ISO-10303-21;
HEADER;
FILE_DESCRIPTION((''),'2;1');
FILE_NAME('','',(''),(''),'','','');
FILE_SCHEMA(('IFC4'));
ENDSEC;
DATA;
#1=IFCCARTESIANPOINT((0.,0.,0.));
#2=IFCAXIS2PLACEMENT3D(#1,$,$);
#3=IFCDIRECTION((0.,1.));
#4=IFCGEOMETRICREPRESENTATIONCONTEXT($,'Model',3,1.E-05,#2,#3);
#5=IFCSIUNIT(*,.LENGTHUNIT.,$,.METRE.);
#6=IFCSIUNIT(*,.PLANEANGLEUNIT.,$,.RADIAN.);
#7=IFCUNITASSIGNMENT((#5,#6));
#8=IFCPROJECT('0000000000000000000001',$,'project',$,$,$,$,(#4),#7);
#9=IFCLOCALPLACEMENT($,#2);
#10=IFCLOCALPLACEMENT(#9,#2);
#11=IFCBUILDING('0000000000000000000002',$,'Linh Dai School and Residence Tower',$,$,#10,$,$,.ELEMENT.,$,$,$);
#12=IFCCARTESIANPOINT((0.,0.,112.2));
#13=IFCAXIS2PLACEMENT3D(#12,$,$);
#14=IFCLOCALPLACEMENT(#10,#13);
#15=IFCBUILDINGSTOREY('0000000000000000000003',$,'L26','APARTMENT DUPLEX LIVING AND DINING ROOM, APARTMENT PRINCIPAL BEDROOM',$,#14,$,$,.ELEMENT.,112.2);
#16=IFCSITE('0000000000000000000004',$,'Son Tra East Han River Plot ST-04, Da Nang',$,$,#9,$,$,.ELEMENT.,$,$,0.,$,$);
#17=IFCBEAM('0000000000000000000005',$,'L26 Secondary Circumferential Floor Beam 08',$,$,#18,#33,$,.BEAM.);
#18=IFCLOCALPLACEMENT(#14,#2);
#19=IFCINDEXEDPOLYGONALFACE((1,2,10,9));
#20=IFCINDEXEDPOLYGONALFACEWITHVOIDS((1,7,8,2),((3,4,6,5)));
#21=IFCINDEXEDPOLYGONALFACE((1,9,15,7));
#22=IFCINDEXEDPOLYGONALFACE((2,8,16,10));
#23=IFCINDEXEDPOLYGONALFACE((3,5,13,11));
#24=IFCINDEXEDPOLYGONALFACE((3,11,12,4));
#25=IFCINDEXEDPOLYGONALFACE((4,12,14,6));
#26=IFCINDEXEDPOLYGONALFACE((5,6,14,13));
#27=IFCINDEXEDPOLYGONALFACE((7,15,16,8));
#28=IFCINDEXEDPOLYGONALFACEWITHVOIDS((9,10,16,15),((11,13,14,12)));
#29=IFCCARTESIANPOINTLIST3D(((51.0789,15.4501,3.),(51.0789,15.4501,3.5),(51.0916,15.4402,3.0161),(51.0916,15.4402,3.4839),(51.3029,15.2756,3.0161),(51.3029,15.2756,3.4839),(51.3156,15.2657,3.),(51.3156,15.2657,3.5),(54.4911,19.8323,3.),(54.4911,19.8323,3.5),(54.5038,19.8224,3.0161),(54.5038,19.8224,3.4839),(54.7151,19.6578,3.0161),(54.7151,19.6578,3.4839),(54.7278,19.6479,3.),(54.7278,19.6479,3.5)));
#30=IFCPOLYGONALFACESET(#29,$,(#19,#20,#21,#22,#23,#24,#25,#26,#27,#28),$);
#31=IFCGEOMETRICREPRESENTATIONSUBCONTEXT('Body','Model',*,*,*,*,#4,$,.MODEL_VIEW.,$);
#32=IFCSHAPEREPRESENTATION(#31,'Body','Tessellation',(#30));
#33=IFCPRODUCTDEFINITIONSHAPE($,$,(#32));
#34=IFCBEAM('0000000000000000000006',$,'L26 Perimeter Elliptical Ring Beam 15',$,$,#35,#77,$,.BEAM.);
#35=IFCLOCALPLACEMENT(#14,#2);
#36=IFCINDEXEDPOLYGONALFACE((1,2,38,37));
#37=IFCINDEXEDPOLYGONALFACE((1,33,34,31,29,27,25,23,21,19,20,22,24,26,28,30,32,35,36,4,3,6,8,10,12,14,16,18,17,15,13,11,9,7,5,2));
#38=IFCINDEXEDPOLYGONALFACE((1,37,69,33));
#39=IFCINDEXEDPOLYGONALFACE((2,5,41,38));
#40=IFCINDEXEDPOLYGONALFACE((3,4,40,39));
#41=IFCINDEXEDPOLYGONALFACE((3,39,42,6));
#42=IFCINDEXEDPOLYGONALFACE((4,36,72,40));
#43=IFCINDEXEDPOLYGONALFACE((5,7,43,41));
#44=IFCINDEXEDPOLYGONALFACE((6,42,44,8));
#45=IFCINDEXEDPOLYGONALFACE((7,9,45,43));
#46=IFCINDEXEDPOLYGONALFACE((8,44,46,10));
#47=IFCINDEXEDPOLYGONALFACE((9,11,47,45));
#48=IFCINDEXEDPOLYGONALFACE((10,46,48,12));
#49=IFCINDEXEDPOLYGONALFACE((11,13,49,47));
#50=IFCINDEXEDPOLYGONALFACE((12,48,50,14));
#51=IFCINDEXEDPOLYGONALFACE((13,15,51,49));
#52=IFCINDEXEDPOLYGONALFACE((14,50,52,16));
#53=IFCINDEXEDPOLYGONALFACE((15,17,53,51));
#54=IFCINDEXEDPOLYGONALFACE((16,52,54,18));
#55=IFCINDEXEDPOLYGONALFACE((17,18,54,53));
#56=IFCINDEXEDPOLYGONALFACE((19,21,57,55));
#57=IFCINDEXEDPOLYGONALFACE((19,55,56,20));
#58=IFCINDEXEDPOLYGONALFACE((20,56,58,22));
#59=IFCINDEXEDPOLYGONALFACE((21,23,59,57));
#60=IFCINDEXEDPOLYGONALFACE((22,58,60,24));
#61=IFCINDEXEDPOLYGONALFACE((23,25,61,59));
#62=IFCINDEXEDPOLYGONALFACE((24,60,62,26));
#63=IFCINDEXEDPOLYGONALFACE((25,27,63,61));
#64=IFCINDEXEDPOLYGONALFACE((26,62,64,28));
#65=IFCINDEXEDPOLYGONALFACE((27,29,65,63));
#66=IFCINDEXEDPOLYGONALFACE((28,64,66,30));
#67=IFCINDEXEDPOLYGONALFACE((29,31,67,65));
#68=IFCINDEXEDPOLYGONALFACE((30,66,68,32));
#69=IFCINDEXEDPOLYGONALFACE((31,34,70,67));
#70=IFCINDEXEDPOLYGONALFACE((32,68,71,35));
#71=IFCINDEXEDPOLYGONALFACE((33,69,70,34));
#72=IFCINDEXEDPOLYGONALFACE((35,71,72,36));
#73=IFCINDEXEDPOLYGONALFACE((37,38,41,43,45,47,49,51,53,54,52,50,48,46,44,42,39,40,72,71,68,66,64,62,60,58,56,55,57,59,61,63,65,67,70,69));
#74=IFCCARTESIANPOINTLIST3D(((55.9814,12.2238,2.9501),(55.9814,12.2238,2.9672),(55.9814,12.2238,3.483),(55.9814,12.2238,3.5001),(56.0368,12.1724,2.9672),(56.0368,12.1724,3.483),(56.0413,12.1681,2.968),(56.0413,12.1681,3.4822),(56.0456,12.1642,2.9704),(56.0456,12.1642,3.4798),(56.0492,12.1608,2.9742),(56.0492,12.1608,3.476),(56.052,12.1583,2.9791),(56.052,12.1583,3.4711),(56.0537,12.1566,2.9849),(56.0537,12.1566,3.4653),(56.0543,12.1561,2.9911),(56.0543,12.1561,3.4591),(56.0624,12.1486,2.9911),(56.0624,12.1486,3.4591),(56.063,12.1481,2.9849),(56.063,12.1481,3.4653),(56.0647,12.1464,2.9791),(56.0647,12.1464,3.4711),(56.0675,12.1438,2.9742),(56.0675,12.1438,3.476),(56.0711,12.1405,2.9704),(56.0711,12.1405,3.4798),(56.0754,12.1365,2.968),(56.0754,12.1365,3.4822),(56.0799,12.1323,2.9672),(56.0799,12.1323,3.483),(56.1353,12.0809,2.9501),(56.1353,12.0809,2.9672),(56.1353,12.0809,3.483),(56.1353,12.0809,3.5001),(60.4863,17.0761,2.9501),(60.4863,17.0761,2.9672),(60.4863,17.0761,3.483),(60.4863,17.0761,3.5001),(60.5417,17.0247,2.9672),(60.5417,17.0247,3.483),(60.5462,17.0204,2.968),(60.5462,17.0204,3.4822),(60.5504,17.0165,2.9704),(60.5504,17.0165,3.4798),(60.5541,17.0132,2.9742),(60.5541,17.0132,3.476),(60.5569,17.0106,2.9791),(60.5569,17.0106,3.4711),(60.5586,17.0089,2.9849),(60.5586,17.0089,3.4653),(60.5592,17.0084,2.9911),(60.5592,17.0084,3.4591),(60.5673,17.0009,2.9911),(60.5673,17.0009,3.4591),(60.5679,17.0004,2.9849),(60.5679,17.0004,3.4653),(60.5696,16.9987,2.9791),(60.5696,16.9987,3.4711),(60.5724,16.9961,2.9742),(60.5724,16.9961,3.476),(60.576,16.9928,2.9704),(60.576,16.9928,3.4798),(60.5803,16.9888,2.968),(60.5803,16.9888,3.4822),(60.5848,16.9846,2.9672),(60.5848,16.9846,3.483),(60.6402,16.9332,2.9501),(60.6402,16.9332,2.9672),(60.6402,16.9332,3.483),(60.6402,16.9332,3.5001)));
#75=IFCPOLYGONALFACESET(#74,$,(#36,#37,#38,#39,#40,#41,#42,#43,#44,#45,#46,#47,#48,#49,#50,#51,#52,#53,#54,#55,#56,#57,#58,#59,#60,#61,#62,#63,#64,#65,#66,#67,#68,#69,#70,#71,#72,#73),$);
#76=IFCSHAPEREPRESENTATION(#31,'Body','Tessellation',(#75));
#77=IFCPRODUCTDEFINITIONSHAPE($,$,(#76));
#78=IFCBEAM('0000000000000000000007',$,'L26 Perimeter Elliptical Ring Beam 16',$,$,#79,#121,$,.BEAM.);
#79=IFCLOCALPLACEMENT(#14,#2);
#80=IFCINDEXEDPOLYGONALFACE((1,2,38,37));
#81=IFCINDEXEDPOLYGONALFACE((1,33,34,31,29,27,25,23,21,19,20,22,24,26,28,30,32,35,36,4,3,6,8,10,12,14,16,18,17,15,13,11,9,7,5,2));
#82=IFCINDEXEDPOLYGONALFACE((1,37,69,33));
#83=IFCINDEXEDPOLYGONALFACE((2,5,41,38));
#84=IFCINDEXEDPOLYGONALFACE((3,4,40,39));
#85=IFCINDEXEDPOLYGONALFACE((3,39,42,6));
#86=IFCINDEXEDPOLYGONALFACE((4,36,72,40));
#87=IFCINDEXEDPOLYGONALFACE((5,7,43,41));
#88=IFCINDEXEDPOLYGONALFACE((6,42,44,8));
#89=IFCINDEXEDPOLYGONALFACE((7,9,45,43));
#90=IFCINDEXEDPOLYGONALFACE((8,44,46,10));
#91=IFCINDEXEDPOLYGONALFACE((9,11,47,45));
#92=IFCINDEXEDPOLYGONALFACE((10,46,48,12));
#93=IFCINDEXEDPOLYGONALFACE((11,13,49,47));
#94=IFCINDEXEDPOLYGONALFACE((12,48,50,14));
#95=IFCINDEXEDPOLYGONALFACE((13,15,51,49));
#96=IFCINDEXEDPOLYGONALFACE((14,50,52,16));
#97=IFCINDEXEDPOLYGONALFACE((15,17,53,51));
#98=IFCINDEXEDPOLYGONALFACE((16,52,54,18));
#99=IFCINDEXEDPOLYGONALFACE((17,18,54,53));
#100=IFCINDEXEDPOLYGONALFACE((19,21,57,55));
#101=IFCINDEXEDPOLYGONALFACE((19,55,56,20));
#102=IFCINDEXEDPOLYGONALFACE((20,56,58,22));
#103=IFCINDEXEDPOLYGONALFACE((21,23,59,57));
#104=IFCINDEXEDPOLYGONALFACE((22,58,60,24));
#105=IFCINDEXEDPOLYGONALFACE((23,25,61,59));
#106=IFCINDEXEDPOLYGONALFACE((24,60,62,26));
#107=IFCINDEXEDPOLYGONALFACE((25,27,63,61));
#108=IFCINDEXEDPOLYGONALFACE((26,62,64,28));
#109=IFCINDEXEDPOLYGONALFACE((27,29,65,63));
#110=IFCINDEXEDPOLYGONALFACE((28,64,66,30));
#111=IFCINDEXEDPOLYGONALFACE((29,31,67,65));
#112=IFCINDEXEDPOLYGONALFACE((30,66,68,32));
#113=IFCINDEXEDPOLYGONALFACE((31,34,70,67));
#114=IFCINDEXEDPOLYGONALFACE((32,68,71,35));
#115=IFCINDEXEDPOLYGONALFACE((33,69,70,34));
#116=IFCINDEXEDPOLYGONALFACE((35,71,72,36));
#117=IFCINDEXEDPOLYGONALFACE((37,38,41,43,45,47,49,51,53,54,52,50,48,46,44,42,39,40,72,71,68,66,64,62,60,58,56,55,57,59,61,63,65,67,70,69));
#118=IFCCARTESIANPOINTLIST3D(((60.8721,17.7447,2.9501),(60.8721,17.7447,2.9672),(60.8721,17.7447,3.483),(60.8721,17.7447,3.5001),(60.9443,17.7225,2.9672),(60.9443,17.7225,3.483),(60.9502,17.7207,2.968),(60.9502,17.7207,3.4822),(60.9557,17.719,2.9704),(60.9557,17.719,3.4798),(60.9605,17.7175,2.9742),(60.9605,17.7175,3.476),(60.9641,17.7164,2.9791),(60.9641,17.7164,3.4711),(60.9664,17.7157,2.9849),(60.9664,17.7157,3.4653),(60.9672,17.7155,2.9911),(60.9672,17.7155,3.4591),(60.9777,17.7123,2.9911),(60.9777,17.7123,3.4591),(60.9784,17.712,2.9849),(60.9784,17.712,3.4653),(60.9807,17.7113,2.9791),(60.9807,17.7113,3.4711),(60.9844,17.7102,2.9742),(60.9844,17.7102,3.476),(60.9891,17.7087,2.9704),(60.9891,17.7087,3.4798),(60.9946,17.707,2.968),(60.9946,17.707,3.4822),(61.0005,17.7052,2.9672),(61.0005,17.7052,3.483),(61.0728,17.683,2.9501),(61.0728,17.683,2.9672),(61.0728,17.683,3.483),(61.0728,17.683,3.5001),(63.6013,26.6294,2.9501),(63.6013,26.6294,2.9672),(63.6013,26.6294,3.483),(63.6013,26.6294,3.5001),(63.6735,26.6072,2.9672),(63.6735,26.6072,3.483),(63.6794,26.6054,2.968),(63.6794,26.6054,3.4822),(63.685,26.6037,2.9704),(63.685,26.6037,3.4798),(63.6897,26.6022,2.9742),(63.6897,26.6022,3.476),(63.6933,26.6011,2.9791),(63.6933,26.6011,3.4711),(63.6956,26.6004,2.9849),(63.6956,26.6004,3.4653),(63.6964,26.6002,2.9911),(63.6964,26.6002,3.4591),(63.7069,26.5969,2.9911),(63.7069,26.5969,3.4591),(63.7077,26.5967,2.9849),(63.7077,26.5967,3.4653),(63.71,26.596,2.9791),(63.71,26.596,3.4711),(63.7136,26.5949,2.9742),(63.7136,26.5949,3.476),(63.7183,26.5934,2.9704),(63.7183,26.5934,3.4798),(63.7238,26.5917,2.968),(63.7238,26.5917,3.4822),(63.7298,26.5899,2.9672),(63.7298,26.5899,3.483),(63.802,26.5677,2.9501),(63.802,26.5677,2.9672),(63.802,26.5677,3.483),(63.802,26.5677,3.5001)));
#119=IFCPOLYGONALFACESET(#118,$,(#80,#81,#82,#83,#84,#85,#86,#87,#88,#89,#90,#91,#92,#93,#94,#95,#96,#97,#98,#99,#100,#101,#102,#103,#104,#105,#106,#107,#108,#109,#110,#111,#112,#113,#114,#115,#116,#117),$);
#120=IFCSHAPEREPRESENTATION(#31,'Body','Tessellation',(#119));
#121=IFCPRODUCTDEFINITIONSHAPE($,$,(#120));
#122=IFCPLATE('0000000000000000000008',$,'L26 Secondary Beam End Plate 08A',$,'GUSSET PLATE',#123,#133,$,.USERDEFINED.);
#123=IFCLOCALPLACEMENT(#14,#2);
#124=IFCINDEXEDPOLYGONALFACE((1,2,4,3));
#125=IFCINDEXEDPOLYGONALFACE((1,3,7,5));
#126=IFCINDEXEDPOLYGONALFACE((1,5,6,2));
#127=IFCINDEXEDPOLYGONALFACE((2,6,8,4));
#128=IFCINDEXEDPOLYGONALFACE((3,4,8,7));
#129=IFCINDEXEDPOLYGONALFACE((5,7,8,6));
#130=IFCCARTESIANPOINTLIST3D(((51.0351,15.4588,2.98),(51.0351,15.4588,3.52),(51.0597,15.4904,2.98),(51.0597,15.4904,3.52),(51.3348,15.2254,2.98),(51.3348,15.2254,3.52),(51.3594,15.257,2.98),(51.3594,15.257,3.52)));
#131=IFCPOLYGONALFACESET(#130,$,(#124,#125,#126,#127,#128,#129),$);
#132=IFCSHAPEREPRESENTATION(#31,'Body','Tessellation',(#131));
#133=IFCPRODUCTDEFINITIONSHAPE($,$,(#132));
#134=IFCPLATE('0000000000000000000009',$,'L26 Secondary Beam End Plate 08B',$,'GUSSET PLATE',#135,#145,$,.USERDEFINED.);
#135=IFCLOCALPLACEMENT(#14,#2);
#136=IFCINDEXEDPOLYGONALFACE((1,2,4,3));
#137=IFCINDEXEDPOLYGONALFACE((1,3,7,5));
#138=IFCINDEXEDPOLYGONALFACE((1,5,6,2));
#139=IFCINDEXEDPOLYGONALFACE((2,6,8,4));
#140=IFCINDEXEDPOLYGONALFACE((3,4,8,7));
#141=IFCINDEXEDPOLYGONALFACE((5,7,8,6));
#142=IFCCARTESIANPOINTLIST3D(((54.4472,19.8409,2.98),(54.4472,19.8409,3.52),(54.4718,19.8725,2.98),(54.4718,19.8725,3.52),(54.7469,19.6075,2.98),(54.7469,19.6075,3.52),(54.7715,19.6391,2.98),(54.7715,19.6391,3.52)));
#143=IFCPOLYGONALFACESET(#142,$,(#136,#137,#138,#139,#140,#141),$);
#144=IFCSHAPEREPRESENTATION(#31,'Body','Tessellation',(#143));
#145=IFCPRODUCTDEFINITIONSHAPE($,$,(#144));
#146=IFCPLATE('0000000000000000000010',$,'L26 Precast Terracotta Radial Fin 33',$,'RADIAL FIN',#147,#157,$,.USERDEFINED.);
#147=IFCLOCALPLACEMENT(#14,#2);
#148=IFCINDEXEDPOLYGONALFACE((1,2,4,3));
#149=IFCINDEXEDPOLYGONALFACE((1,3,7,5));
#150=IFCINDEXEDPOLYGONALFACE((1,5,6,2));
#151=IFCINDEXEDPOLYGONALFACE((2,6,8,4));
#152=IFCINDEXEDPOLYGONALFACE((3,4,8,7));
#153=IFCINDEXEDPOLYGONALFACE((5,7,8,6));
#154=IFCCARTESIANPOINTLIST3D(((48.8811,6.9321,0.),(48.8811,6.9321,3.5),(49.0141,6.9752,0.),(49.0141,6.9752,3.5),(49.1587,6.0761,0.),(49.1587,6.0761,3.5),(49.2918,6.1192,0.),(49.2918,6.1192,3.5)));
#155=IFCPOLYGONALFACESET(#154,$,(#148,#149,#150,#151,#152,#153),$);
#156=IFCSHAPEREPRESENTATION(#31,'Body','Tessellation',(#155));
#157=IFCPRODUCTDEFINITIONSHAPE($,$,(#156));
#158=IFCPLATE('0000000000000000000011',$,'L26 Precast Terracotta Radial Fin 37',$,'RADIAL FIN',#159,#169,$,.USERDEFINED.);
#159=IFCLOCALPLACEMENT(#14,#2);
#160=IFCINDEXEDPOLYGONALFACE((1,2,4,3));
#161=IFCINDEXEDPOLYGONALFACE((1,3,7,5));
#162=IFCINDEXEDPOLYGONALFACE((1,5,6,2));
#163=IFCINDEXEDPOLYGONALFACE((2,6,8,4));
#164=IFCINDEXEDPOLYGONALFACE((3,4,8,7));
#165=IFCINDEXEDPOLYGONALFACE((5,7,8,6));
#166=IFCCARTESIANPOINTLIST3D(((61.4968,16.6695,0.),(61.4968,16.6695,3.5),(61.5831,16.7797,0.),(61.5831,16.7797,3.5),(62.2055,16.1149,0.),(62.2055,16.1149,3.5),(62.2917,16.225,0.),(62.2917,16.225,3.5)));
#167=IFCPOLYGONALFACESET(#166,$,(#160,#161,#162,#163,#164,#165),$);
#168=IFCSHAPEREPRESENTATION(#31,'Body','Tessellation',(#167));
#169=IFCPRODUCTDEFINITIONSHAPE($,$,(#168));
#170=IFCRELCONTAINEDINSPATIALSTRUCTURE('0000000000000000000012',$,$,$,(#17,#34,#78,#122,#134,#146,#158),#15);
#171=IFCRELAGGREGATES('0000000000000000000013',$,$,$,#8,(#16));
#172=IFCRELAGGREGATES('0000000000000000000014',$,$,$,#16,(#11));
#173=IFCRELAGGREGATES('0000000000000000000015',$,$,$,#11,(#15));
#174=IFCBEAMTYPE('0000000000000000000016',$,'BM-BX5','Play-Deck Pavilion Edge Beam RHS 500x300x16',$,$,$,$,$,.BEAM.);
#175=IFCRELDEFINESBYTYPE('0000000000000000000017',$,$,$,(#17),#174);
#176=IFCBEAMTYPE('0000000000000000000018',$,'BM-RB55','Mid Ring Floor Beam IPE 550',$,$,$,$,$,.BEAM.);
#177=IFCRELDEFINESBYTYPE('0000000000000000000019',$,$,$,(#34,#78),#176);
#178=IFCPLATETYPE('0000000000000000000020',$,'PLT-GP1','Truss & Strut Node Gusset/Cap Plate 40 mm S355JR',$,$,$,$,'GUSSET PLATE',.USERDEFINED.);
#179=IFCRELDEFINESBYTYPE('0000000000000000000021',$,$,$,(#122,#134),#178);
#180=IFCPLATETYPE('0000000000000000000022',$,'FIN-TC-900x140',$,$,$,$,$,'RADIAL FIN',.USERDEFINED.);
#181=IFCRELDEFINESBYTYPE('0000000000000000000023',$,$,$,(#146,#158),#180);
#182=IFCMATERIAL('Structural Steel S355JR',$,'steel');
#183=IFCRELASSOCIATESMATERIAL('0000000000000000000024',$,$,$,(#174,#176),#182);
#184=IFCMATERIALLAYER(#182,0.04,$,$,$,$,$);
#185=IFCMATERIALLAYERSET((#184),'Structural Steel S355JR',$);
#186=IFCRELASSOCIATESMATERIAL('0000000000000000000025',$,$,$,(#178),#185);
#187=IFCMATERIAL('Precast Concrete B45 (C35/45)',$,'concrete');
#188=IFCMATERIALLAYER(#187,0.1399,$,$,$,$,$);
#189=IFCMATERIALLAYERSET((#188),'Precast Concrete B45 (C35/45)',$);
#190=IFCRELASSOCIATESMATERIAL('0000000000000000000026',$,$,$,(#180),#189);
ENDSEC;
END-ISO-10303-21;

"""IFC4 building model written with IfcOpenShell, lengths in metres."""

from ifc_helpers import new_model, si_unit, direction, frame, origin, origin_2d, place, context, subcontext, project, spatial, rectangle, hollow_rectangle, i_section, extrude, source, transform, mapped, material, layer, layer_set, material_profile, profile_set, type_object, element, save


model = new_model("IFC4")

# Units and contexts
model_context = context("Model", 3, precision=1e-05, world=origin(), true_north=direction((0.0, 1.0)))
body_context = subcontext(model_context, "Body", "Model", "MODEL_VIEW")
ifc_project = project(units=[si_unit("LENGTHUNIT", "METRE"), si_unit("PLANEANGLEUNIT", "RADIAN")], contexts=[model_context])

# Site, building, storey
site_placement = place(None, origin())
site = spatial("IfcSite", under=ifc_project, at=site_placement, Name="Son Tra East Han River Plot ST-04, Da Nang", CompositionType="ELEMENT", RefElevation=0.0)
building_placement = place(site_placement, origin())
building = spatial("IfcBuilding", under=site, at=building_placement, Name="Linh Dai School and Residence Tower", CompositionType="ELEMENT")
storey_placement = place(building_placement, frame((0.0, 0.0, 112.2)))
storey = spatial("IfcBuildingStorey", under=building, at=storey_placement, Name="L26", Description="APARTMENT DUPLEX LIVING AND DINING ROOM, APARTMENT PRINCIPAL BEDROOM", CompositionType="ELEMENT", Elevation=112.2)

# Shared definitions
ifc_material_1 = material(Name="Structural Steel S355JR", Category="steel")

# Beams
ifc_material_profile_1 = material_profile(ifc_material_1, hollow_rectangle(XDim=0.3, YDim=0.5, WallThickness=0.0161, at=origin_2d()), Name="RHS 500x300x16")
ifc_profile_set_1 = profile_set([ifc_material_profile_1], Name="Structural Steel S355JR")
beam_type_1 = type_object("IfcBeamType", Name="BM-BX5", Description="Play-Deck Pavilion Edge Beam RHS 500x300x16", PredefinedType="BEAM", material=ifc_profile_set_1)
beam_1_placement = place(storey_placement, frame((51.1973, 15.3579, 3.25), z_axis=(0.61437, 0.789018, 0.0), x_axis=(-0.789018, 0.61437, 0.0)))
element("IfcBeam", 1, at=beam_1_placement, inside=storey, type_object=beam_type_1, Name="L26 Secondary Circumferential Floor Beam 08", PredefinedType="BEAM", context=body_context, shape_type="SweptSolid", body=[
    extrude(hollow_rectangle(XDim=0.3, YDim=0.5, WallThickness=0.0161, at=origin_2d()), origin(), (0.0, 0.0, 1.0), 5.554),
])
ifc_material_profile_2 = material_profile(ifc_material_1, i_section(OverallWidth=0.21, OverallDepth=0.55, WebThickness=0.011, FlangeThickness=0.0171, FilletRadius=0.0239, at=origin_2d()), Name="IPE 550")
ifc_profile_set_2 = profile_set([ifc_material_profile_2], Name="Structural Steel S355JR")
beam_type_2 = type_object("IfcBeamType", Name="BM-RB55", Description="Mid Ring Floor Beam IPE 550", PredefinedType="BEAM", material=ifc_profile_set_2)
beam_2_placement = place(storey_placement, frame((56.0583, 12.1523, 3.2251), z_axis=(0.680385, 0.732855, 0.0), x_axis=(-0.732855, 0.680385, 0.0)))
element("IfcBeam", 2, at=beam_2_placement, inside=storey, type_object=beam_type_2, Name="L26 Perimeter Elliptical Ring Beam 15", PredefinedType="BEAM", context=body_context, shape_type="SweptSolid", body=[
    extrude(i_section(OverallWidth=0.21, OverallDepth=0.55, WebThickness=0.011, FlangeThickness=0.0171, FilletRadius=0.0239, at=origin_2d()), origin(), (0.0, 0.0, 1.0), 6.6211),
])
beam_3_placement = place(storey_placement, frame((60.9724, 17.7139, 3.2251), z_axis=(0.293641, 0.955916, 0.0), x_axis=(-0.955916, 0.293641, 0.0)))
element("IfcBeam", 3, at=beam_3_placement, inside=storey, type_object=beam_type_2, Name="L26 Perimeter Elliptical Ring Beam 16", PredefinedType="BEAM", context=body_context, shape_type="SweptSolid", body=[
    extrude(i_section(OverallWidth=0.21, OverallDepth=0.55, WebThickness=0.011, FlangeThickness=0.0171, FilletRadius=0.0239, at=origin_2d()), origin(), (0.0, 0.0, 1.0), 9.2944),
])

# Plates
ifc_layer_1 = layer(ifc_material_1, 0.04)
ifc_layer_set_1 = layer_set([ifc_layer_1], Name="Structural Steel S355JR")
plate_type_1 = type_object("IfcPlateType", Name="PLT-GP1", Description="Truss & Strut Node Gusset/Cap Plate 40 mm S355JR", ElementType="GUSSET PLATE", PredefinedType="USERDEFINED", material=ifc_layer_set_1)
shared_shape_1 = source(origin(), body_context, "Body", "SweptSolid", [
    extrude(rectangle(XDim=0.04, YDim=0.3799, at=origin_2d()), origin(), (0.0, 0.0, 1.0), 0.54),
])
for number, where, z_axis, x_axis, name in (
    (4, (51.1973, 15.3579, 2.98), (0.0, 0.0, 1.0), (0.614363, 0.789024, 0.0), "L26 Secondary Beam End Plate 08A"),
    (5, (54.6094, 19.74, 2.98), (0.0, 0.0, 1.0), (0.614363, 0.789024, 0.0), "L26 Secondary Beam End Plate 08B"),
):
    element("IfcPlate", number, at=place(storey_placement, frame(where, z_axis=z_axis, x_axis=x_axis)), inside=storey, type_object=plate_type_1, Name=name, ObjectType="GUSSET PLATE", PredefinedType="USERDEFINED", context=body_context, shape_type="MappedRepresentation", body=[
        mapped(shared_shape_1, transform((0.0, 0.0, 0.0), x_axis=(1.0, 0.0, 0.0), y_axis=(0.0, 1.0, 0.0), z_axis=(0.0, 0.0, 1.0), scale=1.0)),
    ])
ifc_material_2 = material(Name="Precast Concrete B45 (C35/45)", Category="concrete")
ifc_layer_2 = layer(ifc_material_2, 0.1399)
ifc_layer_set_2 = layer_set([ifc_layer_2], Name="Precast Concrete B45 (C35/45)")
plate_type_2 = type_object("IfcPlateType", Name="FIN-TC-900x140", ElementType="RADIAL FIN", PredefinedType="USERDEFINED", material=ifc_layer_set_2)
shared_shape_2 = source(origin(), body_context, "Body", "SweptSolid", [
    extrude(rectangle(XDim=0.8999, YDim=0.1399, at=origin_2d()), origin(), (0.0, 0.0, 1.0), 3.5),
])
for number, where, z_axis, x_axis, name in (
    (6, (49.0864, 6.5256, 0.0), (0.0, 0.0, 1.0), (0.308522, -0.951217, 0.0), "L26 Precast Terracotta Radial Fin 33"),
    (7, (61.8943, 16.4473, 0.0), (0.0, 0.0, 1.0), (0.787508, -0.616305, 0.0), "L26 Precast Terracotta Radial Fin 37"),
):
    element("IfcPlate", number, at=place(storey_placement, frame(where, z_axis=z_axis, x_axis=x_axis)), inside=storey, type_object=plate_type_2, Name=name, ObjectType="RADIAL FIN", PredefinedType="USERDEFINED", context=body_context, shape_type="MappedRepresentation", body=[
        mapped(shared_shape_2, transform((0.0, 0.0, 0.0), x_axis=(1.0, 0.0, 0.0), y_axis=(0.0, 1.0, 0.0), z_axis=(0.0, 0.0, 1.0), scale=1.0)),
    ])

save(model, "model.ifc")
